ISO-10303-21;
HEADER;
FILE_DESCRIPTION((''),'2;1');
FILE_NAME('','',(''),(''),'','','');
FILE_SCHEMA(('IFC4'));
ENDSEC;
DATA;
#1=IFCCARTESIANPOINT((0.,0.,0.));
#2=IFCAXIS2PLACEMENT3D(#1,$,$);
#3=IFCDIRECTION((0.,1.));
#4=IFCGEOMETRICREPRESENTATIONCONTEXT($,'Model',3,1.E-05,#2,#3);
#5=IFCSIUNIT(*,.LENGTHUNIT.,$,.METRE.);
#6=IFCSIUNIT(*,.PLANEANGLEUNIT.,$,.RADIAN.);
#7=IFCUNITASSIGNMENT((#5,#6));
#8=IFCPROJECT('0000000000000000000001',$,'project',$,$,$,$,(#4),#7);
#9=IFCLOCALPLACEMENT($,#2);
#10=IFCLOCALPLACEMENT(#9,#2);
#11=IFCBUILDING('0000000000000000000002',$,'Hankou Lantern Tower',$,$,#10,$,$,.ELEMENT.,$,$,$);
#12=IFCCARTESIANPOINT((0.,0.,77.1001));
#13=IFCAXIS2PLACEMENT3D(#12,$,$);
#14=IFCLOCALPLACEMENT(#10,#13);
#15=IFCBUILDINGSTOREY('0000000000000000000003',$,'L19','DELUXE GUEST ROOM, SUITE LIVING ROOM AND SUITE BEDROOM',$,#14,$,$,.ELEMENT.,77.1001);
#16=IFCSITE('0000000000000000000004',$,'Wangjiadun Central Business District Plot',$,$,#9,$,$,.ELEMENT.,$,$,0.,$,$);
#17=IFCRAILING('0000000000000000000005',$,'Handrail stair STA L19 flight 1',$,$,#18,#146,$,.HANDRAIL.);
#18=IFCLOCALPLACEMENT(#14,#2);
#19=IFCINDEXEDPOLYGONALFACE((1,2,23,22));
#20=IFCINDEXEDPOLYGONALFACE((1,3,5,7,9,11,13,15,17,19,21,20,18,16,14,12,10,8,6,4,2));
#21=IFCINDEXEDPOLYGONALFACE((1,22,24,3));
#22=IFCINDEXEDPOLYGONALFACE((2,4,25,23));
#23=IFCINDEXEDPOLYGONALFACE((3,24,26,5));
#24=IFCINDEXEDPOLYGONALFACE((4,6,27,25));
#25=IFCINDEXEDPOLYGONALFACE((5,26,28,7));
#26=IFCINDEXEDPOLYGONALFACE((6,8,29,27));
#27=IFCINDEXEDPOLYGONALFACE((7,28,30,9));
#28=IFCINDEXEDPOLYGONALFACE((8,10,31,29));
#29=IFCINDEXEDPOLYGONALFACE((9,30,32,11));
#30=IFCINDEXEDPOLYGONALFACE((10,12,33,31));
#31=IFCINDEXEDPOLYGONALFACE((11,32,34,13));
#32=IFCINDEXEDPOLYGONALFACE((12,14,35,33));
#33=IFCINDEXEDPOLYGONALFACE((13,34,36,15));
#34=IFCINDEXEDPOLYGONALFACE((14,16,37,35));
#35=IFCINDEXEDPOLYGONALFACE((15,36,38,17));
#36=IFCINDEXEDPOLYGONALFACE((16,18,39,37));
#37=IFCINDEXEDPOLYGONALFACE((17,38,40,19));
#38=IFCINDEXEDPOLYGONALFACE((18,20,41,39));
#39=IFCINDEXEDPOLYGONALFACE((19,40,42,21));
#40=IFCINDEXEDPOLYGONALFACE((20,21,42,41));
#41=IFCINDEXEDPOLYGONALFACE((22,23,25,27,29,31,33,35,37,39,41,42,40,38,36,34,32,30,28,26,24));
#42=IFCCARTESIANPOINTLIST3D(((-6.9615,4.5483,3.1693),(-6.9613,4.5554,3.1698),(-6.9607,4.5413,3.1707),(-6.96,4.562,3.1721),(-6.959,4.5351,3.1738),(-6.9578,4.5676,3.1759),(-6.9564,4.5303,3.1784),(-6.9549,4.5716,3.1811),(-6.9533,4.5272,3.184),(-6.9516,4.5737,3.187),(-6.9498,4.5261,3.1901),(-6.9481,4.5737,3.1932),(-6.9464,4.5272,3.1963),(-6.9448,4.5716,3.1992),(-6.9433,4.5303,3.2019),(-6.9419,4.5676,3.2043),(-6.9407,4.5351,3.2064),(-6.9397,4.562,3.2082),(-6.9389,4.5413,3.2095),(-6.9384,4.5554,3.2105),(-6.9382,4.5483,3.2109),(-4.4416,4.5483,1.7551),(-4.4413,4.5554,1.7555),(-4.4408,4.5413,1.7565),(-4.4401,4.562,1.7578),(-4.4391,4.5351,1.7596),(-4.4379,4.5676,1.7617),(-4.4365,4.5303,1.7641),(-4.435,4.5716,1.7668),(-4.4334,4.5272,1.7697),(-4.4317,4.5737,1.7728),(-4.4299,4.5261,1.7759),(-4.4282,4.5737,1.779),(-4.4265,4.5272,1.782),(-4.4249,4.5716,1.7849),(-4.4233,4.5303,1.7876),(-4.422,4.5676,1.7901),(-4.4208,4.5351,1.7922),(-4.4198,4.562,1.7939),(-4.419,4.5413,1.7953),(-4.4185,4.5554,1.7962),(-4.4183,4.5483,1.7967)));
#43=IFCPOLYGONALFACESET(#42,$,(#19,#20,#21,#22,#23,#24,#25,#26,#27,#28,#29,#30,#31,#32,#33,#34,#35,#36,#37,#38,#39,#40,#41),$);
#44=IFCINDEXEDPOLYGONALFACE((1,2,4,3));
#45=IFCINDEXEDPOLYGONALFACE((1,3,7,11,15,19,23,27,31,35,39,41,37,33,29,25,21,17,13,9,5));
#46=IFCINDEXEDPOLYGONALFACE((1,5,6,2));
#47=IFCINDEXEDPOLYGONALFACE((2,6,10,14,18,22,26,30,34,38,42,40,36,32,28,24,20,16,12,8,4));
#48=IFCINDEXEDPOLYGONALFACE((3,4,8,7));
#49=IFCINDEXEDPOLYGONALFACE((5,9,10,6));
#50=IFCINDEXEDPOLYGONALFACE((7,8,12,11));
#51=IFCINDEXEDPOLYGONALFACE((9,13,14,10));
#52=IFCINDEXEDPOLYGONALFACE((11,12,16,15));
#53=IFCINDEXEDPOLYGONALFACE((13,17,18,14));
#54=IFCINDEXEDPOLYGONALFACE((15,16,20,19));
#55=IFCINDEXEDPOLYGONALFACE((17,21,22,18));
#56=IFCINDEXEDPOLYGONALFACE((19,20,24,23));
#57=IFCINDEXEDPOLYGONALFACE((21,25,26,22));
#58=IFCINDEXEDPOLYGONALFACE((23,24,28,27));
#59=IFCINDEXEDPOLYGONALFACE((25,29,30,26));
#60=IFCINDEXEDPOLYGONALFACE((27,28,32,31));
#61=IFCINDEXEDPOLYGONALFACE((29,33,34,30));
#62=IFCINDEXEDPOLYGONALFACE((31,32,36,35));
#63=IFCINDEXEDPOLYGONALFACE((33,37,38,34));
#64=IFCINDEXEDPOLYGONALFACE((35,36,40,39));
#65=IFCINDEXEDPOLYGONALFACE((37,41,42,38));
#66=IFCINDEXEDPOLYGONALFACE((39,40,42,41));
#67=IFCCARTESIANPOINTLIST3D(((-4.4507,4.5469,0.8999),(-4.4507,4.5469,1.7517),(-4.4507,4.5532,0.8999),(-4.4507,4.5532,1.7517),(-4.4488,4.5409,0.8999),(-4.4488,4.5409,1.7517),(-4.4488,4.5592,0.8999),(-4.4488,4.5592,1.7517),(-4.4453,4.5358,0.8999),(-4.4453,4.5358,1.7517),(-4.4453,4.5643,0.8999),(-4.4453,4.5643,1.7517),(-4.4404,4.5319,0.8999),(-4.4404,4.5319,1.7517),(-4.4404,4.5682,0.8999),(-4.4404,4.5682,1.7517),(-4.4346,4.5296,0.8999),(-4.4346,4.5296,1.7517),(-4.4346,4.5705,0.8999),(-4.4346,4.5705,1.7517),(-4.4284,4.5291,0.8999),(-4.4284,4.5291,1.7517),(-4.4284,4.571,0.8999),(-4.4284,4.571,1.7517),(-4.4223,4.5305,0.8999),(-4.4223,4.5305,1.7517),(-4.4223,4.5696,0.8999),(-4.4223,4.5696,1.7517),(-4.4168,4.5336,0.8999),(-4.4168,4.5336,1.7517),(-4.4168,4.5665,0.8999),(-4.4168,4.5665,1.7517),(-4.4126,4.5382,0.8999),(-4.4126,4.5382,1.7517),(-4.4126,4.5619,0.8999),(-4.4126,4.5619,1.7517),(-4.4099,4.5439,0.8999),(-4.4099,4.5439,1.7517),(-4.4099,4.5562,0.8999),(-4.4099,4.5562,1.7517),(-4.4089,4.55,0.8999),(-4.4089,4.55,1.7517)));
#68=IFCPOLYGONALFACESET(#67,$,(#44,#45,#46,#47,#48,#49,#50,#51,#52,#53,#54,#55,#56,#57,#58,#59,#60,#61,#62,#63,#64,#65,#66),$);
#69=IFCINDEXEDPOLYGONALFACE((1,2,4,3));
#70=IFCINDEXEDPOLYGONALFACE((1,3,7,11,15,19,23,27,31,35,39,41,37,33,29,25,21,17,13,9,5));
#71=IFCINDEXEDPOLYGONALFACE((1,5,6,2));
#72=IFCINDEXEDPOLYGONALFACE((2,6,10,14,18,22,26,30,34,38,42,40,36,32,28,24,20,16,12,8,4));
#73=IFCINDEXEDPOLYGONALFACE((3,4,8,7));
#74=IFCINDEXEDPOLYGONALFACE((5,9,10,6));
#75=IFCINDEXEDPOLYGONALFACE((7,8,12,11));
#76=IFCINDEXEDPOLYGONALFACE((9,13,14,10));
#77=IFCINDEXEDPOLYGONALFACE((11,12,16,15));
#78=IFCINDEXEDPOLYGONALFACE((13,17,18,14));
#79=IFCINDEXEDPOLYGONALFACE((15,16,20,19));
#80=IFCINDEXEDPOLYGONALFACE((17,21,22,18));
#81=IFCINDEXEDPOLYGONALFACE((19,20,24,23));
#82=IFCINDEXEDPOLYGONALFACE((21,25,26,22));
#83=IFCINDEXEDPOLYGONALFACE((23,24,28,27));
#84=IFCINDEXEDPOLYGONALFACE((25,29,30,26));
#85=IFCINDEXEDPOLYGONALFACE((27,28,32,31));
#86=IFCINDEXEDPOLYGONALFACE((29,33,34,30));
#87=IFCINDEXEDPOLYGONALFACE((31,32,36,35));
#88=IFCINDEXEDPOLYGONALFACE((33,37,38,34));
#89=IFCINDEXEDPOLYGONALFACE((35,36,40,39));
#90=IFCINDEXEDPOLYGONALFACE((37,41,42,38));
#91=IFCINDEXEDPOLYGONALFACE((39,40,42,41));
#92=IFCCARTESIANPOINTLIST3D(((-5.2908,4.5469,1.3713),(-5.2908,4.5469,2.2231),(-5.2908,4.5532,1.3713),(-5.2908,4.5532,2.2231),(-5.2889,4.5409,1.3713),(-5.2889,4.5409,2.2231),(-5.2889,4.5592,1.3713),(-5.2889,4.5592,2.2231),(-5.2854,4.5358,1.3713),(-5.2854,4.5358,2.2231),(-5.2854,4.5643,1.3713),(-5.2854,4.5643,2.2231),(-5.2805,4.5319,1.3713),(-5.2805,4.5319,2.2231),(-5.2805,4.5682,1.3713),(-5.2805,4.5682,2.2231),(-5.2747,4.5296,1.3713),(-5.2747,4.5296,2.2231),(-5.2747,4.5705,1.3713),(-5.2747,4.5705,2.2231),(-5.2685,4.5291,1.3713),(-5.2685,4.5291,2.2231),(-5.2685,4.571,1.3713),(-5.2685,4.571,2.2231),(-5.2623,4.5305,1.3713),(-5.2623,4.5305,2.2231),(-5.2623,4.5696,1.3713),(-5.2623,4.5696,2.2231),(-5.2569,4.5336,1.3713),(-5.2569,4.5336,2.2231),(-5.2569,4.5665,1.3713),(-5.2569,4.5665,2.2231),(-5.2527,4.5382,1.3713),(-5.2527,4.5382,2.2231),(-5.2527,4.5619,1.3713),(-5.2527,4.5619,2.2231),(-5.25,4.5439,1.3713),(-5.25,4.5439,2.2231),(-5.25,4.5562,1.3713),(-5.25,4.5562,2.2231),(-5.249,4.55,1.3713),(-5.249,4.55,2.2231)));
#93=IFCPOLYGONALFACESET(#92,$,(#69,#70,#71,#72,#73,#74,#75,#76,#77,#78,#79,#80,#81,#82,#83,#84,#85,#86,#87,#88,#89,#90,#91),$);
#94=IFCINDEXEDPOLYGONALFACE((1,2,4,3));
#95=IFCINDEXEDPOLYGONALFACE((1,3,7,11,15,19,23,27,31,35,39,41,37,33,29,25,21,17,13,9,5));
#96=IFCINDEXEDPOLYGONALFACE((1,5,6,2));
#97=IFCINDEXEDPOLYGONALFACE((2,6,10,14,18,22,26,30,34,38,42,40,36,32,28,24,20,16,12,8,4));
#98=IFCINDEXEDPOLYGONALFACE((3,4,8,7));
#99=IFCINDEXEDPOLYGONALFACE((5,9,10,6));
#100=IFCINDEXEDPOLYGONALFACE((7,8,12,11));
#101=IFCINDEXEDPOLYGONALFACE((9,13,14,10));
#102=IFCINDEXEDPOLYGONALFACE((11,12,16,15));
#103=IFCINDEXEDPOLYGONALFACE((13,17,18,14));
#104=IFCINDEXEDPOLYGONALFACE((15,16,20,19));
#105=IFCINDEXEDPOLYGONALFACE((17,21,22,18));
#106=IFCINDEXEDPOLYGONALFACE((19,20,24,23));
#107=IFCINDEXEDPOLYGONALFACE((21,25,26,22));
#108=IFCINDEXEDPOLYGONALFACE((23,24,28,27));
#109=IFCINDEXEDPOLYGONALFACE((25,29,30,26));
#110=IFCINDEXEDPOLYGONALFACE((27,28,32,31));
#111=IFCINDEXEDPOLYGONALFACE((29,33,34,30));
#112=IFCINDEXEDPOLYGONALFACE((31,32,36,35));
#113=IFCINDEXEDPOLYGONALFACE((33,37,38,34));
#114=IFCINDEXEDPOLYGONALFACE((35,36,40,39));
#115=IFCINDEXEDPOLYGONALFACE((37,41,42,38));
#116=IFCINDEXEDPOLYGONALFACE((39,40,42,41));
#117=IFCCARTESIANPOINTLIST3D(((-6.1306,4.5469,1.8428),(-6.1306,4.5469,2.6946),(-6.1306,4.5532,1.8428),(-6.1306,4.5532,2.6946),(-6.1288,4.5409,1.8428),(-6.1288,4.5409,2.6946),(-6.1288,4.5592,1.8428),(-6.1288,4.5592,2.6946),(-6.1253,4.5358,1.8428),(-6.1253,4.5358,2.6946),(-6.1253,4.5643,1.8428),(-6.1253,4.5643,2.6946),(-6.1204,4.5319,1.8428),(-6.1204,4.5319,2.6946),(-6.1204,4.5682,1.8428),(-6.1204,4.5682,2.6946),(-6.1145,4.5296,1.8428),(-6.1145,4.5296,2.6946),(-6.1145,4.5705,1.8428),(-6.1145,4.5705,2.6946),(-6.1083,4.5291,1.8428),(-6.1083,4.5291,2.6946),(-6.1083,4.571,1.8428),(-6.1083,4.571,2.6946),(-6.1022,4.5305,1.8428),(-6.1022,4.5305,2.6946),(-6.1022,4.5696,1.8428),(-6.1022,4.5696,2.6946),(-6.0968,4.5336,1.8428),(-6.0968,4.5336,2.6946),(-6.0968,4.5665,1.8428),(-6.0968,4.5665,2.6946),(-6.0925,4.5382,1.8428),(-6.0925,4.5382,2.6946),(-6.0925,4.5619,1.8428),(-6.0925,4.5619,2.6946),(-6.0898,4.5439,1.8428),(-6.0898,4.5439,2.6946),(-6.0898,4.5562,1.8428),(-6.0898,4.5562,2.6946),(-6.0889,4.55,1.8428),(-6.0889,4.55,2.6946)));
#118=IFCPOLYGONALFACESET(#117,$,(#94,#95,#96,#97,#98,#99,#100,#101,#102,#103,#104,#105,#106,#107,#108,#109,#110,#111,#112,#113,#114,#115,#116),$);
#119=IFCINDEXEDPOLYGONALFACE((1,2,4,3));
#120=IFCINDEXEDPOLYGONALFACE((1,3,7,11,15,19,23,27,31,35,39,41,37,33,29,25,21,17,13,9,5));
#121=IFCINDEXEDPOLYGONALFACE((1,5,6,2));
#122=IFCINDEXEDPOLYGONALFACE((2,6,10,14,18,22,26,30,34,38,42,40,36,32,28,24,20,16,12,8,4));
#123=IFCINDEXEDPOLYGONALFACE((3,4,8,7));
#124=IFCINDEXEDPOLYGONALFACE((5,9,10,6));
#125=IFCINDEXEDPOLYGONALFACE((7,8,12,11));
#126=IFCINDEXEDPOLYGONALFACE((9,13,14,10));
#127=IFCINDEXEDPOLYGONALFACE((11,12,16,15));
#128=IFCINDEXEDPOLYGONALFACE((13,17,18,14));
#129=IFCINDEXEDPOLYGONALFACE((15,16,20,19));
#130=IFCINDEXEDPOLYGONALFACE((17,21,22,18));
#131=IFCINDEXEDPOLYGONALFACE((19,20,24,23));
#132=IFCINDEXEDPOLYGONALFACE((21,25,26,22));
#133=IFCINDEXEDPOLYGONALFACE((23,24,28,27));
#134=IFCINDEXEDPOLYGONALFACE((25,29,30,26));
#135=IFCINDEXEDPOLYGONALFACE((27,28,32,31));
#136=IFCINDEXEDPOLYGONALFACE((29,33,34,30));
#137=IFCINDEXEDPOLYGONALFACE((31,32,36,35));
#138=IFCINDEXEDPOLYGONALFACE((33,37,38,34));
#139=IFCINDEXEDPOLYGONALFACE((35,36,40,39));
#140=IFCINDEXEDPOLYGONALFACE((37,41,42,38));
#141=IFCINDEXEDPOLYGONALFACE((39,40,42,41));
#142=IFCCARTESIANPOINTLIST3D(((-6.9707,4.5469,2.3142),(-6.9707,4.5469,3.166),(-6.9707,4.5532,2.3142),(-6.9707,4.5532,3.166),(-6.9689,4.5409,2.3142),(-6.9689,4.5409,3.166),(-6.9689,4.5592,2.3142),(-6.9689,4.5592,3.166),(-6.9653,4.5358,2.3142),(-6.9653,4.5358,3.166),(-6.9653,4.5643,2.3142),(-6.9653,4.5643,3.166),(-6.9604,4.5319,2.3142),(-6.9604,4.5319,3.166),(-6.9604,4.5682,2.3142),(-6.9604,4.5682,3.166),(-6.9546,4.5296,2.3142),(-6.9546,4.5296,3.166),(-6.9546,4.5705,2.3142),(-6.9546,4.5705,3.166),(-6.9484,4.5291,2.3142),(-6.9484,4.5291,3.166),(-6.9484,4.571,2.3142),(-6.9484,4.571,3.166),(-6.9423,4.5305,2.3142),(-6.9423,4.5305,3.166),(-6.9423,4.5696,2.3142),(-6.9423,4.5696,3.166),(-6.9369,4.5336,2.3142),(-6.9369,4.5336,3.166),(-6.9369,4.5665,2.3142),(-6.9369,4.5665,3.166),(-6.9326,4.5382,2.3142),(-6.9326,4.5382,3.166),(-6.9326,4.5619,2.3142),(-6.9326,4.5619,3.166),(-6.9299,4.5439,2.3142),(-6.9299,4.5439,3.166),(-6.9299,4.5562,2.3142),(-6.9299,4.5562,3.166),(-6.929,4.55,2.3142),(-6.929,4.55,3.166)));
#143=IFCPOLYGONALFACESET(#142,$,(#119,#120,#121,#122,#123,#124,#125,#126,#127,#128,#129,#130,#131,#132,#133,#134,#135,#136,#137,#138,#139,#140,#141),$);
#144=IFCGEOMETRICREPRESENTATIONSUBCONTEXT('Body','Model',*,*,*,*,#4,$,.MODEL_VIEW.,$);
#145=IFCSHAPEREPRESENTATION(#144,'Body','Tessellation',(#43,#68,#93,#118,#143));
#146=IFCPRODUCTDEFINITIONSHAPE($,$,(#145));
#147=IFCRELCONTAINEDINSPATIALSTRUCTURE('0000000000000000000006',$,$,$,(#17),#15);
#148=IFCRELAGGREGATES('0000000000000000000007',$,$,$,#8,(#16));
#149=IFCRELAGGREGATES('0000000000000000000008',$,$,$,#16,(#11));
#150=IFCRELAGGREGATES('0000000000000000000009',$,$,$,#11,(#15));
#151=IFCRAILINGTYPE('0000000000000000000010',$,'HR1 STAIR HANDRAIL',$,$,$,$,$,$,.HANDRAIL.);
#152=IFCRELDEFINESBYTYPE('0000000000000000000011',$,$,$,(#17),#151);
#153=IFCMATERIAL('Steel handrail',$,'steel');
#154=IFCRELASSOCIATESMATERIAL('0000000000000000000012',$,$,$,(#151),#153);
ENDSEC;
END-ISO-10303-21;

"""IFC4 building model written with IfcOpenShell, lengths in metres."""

from ifc_helpers import new_model, si_unit, direction, frame, origin, origin_2d, place, context, subcontext, project, spatial, circle, extrude, material, type_object, element, save


model = new_model("IFC4")

# Units and contexts
model_context = context("Model", 3, precision=1e-05, world=origin(), true_north=direction((0.0, 1.0)))
body_context = subcontext(model_context, "Body", "Model", "MODEL_VIEW")
ifc_project = project(units=[si_unit("LENGTHUNIT", "METRE"), si_unit("PLANEANGLEUNIT", "RADIAN")], contexts=[model_context])

# Site, building, storey
site_placement = place(None, origin())
site = spatial("IfcSite", under=ifc_project, at=site_placement, Name="Wangjiadun Central Business District Plot", CompositionType="ELEMENT", RefElevation=0.0)
building_placement = place(site_placement, origin())
building = spatial("IfcBuilding", under=site, at=building_placement, Name="Hankou Lantern Tower", CompositionType="ELEMENT")
storey_placement = place(building_placement, frame((0.0, 0.0, 77.1001)))
storey = spatial("IfcBuildingStorey", under=building, at=storey_placement, Name="L19", Description="DELUXE GUEST ROOM, SUITE LIVING ROOM AND SUITE BEDROOM", CompositionType="ELEMENT", Elevation=77.1001)

# Railing
ifc_material_1 = material(Name="Steel handrail", Category="steel")
railing_type = type_object("IfcRailingType", Name="HR1 STAIR HANDRAIL", PredefinedType="HANDRAIL", material=ifc_material_1)
railing_1_placement = place(storey_placement, frame((-4.4299, 4.55, 0.8999)))
element("IfcRailing", 1, at=railing_1_placement, inside=storey, type_object=railing_type, Name="Handrail stair STA L19 flight 1", PredefinedType="HANDRAIL", context=body_context, shape_type="SweptSolid", body=[
    extrude(circle(Radius=0.0239, at=origin_2d()), frame((0.0, 0.0, 0.876), z_axis=(-0.872049, 0.0, 0.489419), x_axis=(0.0, -1.0, 0.0)), (0.0, 0.0, 1.0), 2.8896),
    extrude(circle(Radius=0.021, at=origin_2d()), origin(), (0.0, 0.0, 1.0), 0.8518),
    extrude(circle(Radius=0.021, at=origin_2d()), frame((-0.8401, 0.0, 0.4714)), (0.0, 0.0, 1.0), 0.8518),
    extrude(circle(Radius=0.021, at=origin_2d()), frame((-1.6799, 0.0, 0.9429)), (0.0, 0.0, 1.0), 0.8518),
    extrude(circle(Radius=0.021, at=origin_2d()), frame((-2.52, 0.0, 1.4143)), (0.0, 0.0, 1.0), 0.8518),
])

save(model, "model.ifc")
